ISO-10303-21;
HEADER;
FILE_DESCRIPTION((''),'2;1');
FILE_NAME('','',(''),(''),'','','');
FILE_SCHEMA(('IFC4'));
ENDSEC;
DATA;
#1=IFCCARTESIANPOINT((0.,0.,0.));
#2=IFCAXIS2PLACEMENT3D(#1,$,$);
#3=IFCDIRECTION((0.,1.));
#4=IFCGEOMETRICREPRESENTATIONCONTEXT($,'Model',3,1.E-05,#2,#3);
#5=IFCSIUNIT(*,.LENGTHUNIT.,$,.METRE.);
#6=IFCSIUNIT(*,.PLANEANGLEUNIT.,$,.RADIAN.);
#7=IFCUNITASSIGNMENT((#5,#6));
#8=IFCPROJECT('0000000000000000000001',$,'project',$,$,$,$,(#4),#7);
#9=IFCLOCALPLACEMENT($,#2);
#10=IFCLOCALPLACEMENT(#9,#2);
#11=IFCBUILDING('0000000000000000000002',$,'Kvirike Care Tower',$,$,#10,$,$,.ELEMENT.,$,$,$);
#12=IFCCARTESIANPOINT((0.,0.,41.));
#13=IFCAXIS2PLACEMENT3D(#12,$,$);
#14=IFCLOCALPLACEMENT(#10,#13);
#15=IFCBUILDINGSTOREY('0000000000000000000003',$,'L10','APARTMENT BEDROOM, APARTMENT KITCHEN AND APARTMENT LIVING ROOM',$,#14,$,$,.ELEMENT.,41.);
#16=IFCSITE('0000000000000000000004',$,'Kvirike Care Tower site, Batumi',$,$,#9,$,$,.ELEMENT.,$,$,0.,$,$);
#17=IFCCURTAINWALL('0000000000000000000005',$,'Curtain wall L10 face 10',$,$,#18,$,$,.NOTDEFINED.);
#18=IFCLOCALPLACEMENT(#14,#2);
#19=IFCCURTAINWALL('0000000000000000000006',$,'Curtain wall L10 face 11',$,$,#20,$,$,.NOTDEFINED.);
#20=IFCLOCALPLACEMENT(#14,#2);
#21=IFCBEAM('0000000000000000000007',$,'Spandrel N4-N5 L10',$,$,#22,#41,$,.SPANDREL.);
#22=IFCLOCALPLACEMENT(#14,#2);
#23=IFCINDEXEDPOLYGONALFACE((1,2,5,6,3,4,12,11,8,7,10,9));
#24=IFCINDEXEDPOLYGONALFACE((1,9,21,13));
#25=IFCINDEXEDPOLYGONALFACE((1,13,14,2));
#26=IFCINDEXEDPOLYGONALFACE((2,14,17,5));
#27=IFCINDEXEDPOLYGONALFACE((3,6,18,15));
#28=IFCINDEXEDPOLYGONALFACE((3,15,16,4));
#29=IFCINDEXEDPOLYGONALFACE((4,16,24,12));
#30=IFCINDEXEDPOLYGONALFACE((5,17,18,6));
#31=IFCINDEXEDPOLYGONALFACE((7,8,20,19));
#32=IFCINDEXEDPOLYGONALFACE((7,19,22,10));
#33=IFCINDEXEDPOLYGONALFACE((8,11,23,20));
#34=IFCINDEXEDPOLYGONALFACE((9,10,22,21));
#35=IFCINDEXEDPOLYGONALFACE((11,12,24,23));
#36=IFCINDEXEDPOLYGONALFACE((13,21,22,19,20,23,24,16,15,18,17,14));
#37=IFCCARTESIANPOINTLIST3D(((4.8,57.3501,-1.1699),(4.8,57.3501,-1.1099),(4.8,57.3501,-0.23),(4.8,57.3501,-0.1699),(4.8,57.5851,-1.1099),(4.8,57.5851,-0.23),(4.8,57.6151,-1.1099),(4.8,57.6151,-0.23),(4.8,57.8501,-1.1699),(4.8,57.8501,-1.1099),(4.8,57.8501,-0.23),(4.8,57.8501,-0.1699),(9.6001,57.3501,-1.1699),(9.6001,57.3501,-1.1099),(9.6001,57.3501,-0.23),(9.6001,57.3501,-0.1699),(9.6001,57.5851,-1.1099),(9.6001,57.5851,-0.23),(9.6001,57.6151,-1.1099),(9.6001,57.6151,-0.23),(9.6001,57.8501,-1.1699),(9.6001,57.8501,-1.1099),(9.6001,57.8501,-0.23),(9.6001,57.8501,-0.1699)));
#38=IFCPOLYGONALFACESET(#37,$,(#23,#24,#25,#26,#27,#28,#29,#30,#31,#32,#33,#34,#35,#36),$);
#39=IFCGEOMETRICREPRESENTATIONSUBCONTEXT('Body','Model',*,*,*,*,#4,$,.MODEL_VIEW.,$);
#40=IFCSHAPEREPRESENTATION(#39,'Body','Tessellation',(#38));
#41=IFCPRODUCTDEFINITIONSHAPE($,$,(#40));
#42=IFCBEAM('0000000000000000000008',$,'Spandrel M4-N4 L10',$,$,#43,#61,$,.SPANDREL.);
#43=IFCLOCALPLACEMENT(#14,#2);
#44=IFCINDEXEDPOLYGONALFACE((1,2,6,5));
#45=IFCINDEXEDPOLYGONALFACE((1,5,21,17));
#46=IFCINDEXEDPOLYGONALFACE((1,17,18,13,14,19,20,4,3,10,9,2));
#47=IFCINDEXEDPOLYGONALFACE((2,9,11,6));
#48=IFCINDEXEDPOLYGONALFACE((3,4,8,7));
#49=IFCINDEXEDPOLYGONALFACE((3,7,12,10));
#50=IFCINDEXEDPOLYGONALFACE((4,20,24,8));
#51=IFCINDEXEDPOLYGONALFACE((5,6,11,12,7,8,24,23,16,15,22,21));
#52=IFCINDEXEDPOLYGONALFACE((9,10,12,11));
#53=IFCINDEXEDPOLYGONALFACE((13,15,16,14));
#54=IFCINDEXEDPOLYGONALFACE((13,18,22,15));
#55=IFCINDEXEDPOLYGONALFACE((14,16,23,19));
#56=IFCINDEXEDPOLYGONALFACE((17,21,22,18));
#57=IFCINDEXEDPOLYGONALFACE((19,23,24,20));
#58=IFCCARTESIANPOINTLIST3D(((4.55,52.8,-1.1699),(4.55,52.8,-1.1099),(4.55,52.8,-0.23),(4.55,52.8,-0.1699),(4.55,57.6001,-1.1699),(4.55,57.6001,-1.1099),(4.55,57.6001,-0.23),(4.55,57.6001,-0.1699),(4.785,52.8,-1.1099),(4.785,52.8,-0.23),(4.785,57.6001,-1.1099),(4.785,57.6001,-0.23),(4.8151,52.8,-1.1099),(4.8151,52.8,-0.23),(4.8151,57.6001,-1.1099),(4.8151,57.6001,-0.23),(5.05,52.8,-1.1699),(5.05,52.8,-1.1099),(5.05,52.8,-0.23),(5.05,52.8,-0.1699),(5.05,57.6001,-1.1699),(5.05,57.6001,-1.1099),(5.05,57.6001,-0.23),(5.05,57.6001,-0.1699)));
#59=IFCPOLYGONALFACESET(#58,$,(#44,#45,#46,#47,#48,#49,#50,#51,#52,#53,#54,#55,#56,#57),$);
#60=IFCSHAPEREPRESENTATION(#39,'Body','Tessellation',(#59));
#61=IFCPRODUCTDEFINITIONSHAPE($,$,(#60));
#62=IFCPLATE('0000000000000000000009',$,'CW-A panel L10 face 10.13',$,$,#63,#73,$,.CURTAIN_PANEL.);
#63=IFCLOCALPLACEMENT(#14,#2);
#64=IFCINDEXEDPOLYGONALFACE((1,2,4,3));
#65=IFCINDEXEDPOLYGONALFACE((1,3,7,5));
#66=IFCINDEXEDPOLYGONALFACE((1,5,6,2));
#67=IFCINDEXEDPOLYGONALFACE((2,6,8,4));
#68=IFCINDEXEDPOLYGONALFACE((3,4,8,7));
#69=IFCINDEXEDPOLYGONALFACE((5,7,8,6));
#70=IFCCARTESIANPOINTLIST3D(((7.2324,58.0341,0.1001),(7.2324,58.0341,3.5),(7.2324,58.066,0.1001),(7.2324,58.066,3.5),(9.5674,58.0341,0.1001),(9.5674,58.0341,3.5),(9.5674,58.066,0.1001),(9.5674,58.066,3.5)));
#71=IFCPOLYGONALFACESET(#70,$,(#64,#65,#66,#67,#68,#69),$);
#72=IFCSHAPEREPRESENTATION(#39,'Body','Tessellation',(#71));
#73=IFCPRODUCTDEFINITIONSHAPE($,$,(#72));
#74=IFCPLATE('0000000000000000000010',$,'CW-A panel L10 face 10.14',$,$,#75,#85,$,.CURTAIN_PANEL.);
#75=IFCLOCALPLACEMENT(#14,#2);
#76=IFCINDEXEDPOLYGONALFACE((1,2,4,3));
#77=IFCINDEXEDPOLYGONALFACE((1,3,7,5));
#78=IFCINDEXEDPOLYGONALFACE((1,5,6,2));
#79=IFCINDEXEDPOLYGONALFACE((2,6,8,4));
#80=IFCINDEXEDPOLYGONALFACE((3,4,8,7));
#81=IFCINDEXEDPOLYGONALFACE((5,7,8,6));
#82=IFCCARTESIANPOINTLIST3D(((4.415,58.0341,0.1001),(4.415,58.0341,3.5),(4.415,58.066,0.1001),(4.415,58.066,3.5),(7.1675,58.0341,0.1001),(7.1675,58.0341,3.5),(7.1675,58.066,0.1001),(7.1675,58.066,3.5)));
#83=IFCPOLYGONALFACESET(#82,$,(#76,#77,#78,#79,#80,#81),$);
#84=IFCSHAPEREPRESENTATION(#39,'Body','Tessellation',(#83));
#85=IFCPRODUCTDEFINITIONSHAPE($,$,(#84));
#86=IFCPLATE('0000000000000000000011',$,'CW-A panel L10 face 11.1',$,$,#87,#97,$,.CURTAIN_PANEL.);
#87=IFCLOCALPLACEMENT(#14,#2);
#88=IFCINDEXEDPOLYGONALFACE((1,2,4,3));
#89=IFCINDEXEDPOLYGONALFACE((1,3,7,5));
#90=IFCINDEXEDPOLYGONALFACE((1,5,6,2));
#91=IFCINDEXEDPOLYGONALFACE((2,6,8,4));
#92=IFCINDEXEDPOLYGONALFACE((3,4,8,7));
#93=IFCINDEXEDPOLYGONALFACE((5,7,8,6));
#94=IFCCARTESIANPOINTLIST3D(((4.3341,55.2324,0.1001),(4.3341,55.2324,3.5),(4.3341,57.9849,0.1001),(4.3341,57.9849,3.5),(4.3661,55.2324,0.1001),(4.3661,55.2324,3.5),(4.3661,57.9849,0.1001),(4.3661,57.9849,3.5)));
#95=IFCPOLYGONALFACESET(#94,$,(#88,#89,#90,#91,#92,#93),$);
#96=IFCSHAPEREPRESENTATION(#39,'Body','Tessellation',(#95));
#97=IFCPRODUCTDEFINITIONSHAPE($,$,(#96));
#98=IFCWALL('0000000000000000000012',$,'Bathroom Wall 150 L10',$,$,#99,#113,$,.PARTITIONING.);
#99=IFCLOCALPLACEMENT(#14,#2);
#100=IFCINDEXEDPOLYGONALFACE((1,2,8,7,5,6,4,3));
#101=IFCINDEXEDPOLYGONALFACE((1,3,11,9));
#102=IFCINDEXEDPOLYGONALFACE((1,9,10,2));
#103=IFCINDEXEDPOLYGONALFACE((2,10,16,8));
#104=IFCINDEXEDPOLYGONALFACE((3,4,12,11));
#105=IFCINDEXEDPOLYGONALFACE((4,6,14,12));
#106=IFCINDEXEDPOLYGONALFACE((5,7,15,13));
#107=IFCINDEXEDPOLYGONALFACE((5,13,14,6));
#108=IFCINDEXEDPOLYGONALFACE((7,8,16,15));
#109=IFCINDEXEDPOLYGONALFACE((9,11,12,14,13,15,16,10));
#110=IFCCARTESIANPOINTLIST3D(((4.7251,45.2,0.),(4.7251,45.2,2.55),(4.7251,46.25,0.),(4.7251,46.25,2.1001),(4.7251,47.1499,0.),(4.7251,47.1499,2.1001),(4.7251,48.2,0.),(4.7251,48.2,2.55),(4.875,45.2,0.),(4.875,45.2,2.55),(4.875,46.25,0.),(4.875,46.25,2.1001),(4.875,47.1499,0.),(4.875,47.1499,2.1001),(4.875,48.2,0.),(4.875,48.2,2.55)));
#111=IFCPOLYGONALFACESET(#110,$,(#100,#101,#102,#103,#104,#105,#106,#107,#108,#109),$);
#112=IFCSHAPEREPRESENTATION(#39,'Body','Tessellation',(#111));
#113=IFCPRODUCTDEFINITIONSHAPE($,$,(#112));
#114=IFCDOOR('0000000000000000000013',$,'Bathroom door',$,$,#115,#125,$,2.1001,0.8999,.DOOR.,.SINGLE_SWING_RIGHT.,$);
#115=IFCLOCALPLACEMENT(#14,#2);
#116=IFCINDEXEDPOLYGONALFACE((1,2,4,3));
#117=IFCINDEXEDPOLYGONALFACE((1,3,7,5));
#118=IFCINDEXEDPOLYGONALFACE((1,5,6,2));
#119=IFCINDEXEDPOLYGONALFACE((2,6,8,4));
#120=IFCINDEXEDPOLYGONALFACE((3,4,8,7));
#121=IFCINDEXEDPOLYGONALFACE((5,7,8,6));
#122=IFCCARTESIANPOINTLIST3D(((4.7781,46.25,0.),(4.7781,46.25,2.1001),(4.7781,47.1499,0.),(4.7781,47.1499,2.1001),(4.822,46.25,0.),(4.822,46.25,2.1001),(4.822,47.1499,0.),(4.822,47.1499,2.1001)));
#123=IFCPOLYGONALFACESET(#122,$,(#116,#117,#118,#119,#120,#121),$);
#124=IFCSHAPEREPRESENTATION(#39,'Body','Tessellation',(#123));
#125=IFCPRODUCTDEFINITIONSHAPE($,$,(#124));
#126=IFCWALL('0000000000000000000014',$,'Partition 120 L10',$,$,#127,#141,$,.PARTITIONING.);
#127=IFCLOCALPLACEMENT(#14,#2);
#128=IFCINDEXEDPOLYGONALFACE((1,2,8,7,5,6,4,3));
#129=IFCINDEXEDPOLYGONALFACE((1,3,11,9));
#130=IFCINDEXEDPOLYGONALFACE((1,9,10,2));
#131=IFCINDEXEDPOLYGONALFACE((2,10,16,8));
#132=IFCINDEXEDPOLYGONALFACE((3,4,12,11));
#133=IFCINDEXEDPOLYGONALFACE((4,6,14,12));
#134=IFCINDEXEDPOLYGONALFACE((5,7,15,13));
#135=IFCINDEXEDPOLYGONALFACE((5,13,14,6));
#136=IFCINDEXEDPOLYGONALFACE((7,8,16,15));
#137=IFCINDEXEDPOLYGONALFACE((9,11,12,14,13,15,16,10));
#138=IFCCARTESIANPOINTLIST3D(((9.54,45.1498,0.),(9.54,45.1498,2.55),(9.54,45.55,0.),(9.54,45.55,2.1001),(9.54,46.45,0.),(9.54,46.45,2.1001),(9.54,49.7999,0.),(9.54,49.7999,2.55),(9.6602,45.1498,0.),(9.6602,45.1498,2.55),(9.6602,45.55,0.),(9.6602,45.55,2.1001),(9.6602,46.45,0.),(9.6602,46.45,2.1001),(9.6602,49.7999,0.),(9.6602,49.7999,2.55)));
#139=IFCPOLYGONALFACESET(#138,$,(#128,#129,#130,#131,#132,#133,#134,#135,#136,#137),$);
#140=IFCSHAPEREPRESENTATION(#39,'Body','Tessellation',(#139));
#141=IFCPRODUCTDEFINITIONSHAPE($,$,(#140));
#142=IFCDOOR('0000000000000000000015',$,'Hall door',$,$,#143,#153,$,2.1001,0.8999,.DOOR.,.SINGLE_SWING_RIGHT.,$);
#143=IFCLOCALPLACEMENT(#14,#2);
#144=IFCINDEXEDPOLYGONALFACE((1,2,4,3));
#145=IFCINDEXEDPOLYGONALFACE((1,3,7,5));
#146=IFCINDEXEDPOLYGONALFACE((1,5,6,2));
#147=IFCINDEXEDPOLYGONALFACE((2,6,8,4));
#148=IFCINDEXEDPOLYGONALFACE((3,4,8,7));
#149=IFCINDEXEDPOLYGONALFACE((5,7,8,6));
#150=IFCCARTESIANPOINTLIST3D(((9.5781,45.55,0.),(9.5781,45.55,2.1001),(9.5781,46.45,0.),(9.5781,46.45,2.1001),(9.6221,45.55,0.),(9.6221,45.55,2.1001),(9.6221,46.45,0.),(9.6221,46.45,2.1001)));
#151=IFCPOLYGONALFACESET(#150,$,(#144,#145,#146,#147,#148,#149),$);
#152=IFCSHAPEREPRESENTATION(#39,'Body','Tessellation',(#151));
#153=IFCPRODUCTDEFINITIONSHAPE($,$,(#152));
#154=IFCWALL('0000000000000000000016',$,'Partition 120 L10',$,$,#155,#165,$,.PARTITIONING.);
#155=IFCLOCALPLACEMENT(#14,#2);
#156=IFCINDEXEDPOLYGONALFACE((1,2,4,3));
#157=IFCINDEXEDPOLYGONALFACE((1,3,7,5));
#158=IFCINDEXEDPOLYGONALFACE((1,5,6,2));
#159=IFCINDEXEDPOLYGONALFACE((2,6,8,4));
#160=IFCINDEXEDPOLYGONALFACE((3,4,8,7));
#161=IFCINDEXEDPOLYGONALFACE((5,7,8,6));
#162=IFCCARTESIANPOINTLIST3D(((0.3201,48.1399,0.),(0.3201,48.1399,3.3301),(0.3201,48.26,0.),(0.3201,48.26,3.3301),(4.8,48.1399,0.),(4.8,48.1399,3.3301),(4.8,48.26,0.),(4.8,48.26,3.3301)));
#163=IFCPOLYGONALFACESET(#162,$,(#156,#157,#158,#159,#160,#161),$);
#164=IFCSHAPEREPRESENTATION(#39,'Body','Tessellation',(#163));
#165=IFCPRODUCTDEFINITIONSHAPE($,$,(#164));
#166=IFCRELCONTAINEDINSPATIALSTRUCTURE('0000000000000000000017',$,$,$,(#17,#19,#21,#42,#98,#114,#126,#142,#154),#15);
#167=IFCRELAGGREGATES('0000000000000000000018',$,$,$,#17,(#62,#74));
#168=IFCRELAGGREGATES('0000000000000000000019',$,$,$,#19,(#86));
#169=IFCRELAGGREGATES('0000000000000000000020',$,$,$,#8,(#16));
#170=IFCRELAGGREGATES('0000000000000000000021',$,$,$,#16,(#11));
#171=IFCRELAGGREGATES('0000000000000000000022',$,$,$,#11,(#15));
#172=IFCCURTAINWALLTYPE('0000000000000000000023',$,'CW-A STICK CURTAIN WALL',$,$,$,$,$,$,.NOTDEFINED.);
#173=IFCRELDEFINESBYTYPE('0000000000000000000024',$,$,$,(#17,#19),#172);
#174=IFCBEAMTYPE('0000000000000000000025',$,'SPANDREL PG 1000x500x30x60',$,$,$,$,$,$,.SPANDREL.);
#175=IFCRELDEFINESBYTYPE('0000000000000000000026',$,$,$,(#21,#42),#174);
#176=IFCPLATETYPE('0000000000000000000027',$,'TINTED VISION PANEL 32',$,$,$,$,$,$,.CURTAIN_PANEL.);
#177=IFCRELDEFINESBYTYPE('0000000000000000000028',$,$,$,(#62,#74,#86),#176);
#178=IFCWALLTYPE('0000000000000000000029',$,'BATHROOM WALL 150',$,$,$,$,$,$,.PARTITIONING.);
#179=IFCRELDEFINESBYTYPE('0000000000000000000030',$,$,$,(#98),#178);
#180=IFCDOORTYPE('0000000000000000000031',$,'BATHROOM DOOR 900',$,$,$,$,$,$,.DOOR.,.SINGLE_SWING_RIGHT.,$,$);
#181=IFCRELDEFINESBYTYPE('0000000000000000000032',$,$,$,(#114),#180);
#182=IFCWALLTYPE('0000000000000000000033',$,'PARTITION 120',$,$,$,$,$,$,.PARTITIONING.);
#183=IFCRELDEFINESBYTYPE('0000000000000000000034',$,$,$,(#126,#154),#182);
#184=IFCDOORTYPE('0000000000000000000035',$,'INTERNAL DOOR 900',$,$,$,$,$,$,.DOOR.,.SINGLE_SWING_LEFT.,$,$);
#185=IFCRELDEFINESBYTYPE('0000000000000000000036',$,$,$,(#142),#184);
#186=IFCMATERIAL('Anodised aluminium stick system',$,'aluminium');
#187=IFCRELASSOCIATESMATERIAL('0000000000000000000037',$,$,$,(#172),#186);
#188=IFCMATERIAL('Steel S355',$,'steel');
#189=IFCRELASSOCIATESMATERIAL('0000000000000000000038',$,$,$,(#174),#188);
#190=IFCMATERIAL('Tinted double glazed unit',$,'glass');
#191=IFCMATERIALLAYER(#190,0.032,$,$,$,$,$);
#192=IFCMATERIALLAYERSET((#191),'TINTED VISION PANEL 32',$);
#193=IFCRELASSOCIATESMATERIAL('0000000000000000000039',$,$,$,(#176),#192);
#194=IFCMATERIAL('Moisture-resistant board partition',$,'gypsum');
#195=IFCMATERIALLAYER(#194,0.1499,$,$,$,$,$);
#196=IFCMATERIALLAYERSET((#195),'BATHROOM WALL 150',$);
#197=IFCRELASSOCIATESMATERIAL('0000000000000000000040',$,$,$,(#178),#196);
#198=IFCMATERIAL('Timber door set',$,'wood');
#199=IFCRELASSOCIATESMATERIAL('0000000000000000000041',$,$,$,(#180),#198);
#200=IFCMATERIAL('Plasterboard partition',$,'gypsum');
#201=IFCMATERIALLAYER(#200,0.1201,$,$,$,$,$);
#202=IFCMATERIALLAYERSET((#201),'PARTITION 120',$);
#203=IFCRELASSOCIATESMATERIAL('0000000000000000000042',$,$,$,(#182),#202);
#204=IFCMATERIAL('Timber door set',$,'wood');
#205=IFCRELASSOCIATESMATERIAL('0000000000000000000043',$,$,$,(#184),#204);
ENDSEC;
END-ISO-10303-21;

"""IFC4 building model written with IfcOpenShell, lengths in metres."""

from ifc_helpers import new_model, si_unit, direction, frame, frame_2d, origin, origin_2d, place, context, subcontext, project, spatial, rectangle, i_section, extrude, material, layer, layer_set, material_profile, profile_set, type_object, element, fill, aggregate, save


model = new_model("IFC4")

# Units and contexts
model_context = context("Model", 3, precision=1e-05, world=origin(), true_north=direction((0.0, 1.0)))
body_context = subcontext(model_context, "Body", "Model", "MODEL_VIEW")
ifc_project = project(units=[si_unit("LENGTHUNIT", "METRE"), si_unit("PLANEANGLEUNIT", "RADIAN")], contexts=[model_context])

# Site, building, storey
site_placement = place(None, origin())
site = spatial("IfcSite", under=ifc_project, at=site_placement, Name="Kvirike Care Tower site, Batumi", CompositionType="ELEMENT", RefElevation=0.0)
building_placement = place(site_placement, origin())
building = spatial("IfcBuilding", under=site, at=building_placement, Name="Kvirike Care Tower", CompositionType="ELEMENT")
storey_placement = place(building_placement, frame((0.0, 0.0, 41.0)))
storey = spatial("IfcBuildingStorey", under=building, at=storey_placement, Name="L10", Description="APARTMENT BEDROOM, APARTMENT KITCHEN AND APARTMENT LIVING ROOM", CompositionType="ELEMENT", Elevation=41.0)

# Curtain walls
ifc_material_1 = material(Name="Anodised aluminium stick system", Category="aluminium")
curtain_wall_type = type_object("IfcCurtainWallType", Name="CW-A STICK CURTAIN WALL", PredefinedType="NOTDEFINED", material=ifc_material_1)
curtain_wall_1_placement = place(storey_placement, origin())
curtain_wall_1 = element("IfcCurtainWall", 1, at=curtain_wall_1_placement, inside=storey, type_object=curtain_wall_type, Name="Curtain wall L10 face 10", PredefinedType="NOTDEFINED")
curtain_wall_2_placement = place(storey_placement, origin())
curtain_wall_2 = element("IfcCurtainWall", 2, at=curtain_wall_2_placement, inside=storey, type_object=curtain_wall_type, Name="Curtain wall L10 face 11", PredefinedType="NOTDEFINED")

# Beams
ifc_material_2 = material(Name="Steel S355", Category="steel")
ifc_material_profile_1 = material_profile(ifc_material_2, i_section(OverallWidth=0.5, OverallDepth=1.0, WebThickness=0.03, FlangeThickness=0.0601, at=origin_2d()), Name="PG 1000x500x30x60")
ifc_profile_set_1 = profile_set([ifc_material_profile_1], Name="Steel S355")
beam_type_1 = type_object("IfcBeamType", Name="SPANDREL PG 1000x500x30x60", PredefinedType="SPANDREL", material=ifc_profile_set_1)
for number, where, z_axis, x_axis, name in (
    (3, (4.8, 57.6001, -0.6699), (1.0, 0.0, 0.0), (0.0, 1.0, 0.0), "Spandrel N4-N5 L10"),
    (4, (4.8, 52.8, -0.6699), (0.0, 1.0, 0.0), (-1.0, 0.0, 0.0), "Spandrel M4-N4 L10"),
):
    element("IfcBeam", number, at=place(storey_placement, frame(where, z_axis=z_axis, x_axis=x_axis)), inside=storey, type_object=beam_type_1, Name=name, PredefinedType="SPANDREL", context=body_context, shape_type="SweptSolid", body=[
        extrude(i_section(OverallWidth=0.5, OverallDepth=1.0, WebThickness=0.03, FlangeThickness=0.0601, at=origin_2d()), origin(), (0.0, 0.0, 1.0), 4.8),
    ])

# Plates
ifc_material_3 = material(Name="Tinted double glazed unit", Category="glass")
ifc_layer_1 = layer(ifc_material_3, 0.032)
ifc_layer_set_1 = layer_set([ifc_layer_1], Name="TINTED VISION PANEL 32")
plate_type = type_object("IfcPlateType", Name="TINTED VISION PANEL 32", PredefinedType="CURTAIN_PANEL", material=ifc_layer_set_1)
plate_1_placement = place(storey_placement, frame((8.3999, 58.05, 0.1001), z_axis=(0.0, 0.0, 1.0), x_axis=(-1.0, 0.0, 0.0)))
plate_1 = element("IfcPlate", 5, at=plate_1_placement, type_object=plate_type, Name="CW-A panel L10 face 10.13", PredefinedType="CURTAIN_PANEL", context=body_context, shape_type="SweptSolid", body=[
    extrude(rectangle(XDim=2.335, YDim=0.032, at=origin_2d()), origin(), (0.0, 0.0, 1.0), 3.3999),
])
plate_2_placement = place(storey_placement, frame((5.7913, 58.05, 0.1001), z_axis=(0.0, 0.0, 1.0), x_axis=(-1.0, 0.0, 0.0)))
plate_2 = element("IfcPlate", 6, at=plate_2_placement, type_object=plate_type, Name="CW-A panel L10 face 10.14", PredefinedType="CURTAIN_PANEL", context=body_context, shape_type="SweptSolid", body=[
    extrude(rectangle(XDim=2.7524, YDim=0.032, at=origin_2d()), origin(), (0.0, 0.0, 1.0), 3.3999),
])
aggregate(curtain_wall_1, [plate_1, plate_2])
plate_3_placement = place(storey_placement, frame((4.3501, 56.6086, 0.1001), z_axis=(0.0, 0.0, 1.0), x_axis=(0.0, -1.0, 0.0)))
plate_3 = element("IfcPlate", 7, at=plate_3_placement, type_object=plate_type, Name="CW-A panel L10 face 11.1", PredefinedType="CURTAIN_PANEL", context=body_context, shape_type="SweptSolid", body=[
    extrude(rectangle(XDim=2.7524, YDim=0.032, at=origin_2d()), origin(), (0.0, 0.0, 1.0), 3.3999),
])
aggregate(curtain_wall_2, [plate_3])

# Walls, openings, doors
ifc_material_4 = material(Name="Moisture-resistant board partition", Category="gypsum")
ifc_layer_2 = layer(ifc_material_4, 0.1499)
ifc_layer_set_2 = layer_set([ifc_layer_2], Name="BATHROOM WALL 150")
wall_type_1 = type_object("IfcWallType", Name="BATHROOM WALL 150", PredefinedType="PARTITIONING", material=ifc_layer_set_2)
wall_1_placement = place(storey_placement, frame((4.8, 48.2, 0.0), z_axis=(0.0, 0.0, 1.0), x_axis=(0.0, -1.0, 0.0)))
wall_1 = element("IfcWall", 8, at=wall_1_placement, inside=storey, type_object=wall_type_1, Name="Bathroom Wall 150 L10", PredefinedType="PARTITIONING", context=body_context, shape_type="SweptSolid", body=[
    extrude(rectangle(XDim=3.0, YDim=0.1499, at=frame_2d((1.5, 0.0))), origin(), (0.0, 0.0, 1.0), 2.55),
])
opening_1_placement = place(wall_1_placement, frame((1.05, 0.0, 0.0)))
opening_1 = element("IfcOpeningElement", 9, at=opening_1_placement, cuts=wall_1, PredefinedType="OPENING", context=body_context, shape_type="SweptSolid", body=[
    extrude(rectangle(XDim=0.8999, YDim=2.1001, at=frame_2d((0.45, 1.05))), frame((0.0, 0.0854, 0.0), z_axis=(0.0, -1.0, 0.0), x_axis=(1.0, 0.0, 0.0)), (0.0, 0.0, 1.0), 0.1709),
])
ifc_material_5 = material(Name="Timber door set", Category="wood")
door_type_1 = type_object("IfcDoorType", Name="BATHROOM DOOR 900", OperationType="SINGLE_SWING_RIGHT", PredefinedType="DOOR", material=ifc_material_5)
door_1_placement = place(opening_1_placement, frame((0.8999, 0.0, 0.0), z_axis=(0.0, 0.0, 1.0), x_axis=(-1.0, 0.0, 0.0)))
door_1 = element("IfcDoor", 10, at=door_1_placement, inside=storey, type_object=door_type_1, Name="Bathroom door", OperationType="SINGLE_SWING_RIGHT", OverallHeight=2.1001, OverallWidth=0.8999, PredefinedType="DOOR", context=body_context, shape_type="SweptSolid", body=[
    extrude(rectangle(XDim=0.8999, YDim=2.1001, at=frame_2d((0.45, 1.05))), frame((0.0, 0.022, 0.0), z_axis=(0.0, -1.0, 0.0), x_axis=(1.0, 0.0, 0.0)), (0.0, 0.0, 1.0), 0.0439),
])
fill(opening_1, door_1)
ifc_material_6 = material(Name="Plasterboard partition", Category="gypsum")
ifc_layer_3 = layer(ifc_material_6, 0.1201)
ifc_layer_set_3 = layer_set([ifc_layer_3], Name="PARTITION 120")
wall_type_2 = type_object("IfcWallType", Name="PARTITION 120", PredefinedType="PARTITIONING", material=ifc_layer_set_3)
wall_2_placement = place(storey_placement, frame((9.6001, 49.8, 0.0), z_axis=(0.0, 0.0, 1.0), x_axis=(0.0, -1.0, 0.0)))
wall_2 = element("IfcWall", 11, at=wall_2_placement, inside=storey, type_object=wall_type_2, Name="Partition 120 L10", PredefinedType="PARTITIONING", context=body_context, shape_type="SweptSolid", body=[
    extrude(rectangle(XDim=4.6501, YDim=0.1201, at=frame_2d((2.3252, 0.0))), origin(), (0.0, 0.0, 1.0), 2.55),
])
opening_2_placement = place(wall_2_placement, frame((3.3501, 0.0, 0.0)))
opening_2 = element("IfcOpeningElement", 12, at=opening_2_placement, cuts=wall_2, PredefinedType="OPENING", context=body_context, shape_type="SweptSolid", body=[
    extrude(rectangle(XDim=0.8999, YDim=2.1001, at=frame_2d((0.45, 1.05))), frame((0.0, 0.0706, 0.0), z_axis=(0.0, -1.0, 0.0), x_axis=(1.0, 0.0, 0.0)), (0.0, 0.0, 1.0), 0.1411),
])
ifc_material_7 = material(Name="Timber door set", Category="wood")
door_type_2 = type_object("IfcDoorType", Name="INTERNAL DOOR 900", OperationType="SINGLE_SWING_LEFT", PredefinedType="DOOR", material=ifc_material_7)
door_2_placement = place(opening_2_placement, origin())
door_2 = element("IfcDoor", 13, at=door_2_placement, inside=storey, type_object=door_type_2, Name="Hall door", OperationType="SINGLE_SWING_RIGHT", OverallHeight=2.1001, OverallWidth=0.8999, PredefinedType="DOOR", context=body_context, shape_type="SweptSolid", body=[
    extrude(rectangle(XDim=0.8999, YDim=2.1001, at=frame_2d((0.45, 1.05))), frame((0.0, 0.022, 0.0), z_axis=(0.0, -1.0, 0.0), x_axis=(1.0, 0.0, 0.0)), (0.0, 0.0, 1.0), 0.0439),
])
fill(opening_2, door_2)

# Wall
wall_3_placement = place(storey_placement, frame((4.8, 48.2, 0.0), z_axis=(0.0, 0.0, 1.0), x_axis=(-1.0, 0.0, 0.0)))
element("IfcWall", 14, at=wall_3_placement, inside=storey, type_object=wall_type_2, Name="Partition 120 L10", PredefinedType="PARTITIONING", context=body_context, shape_type="SweptSolid", body=[
    extrude(rectangle(XDim=4.48, YDim=0.1201, at=frame_2d((2.24, 0.0))), origin(), (0.0, 0.0, 1.0), 3.3301),
])

save(model, "model.ifc")
